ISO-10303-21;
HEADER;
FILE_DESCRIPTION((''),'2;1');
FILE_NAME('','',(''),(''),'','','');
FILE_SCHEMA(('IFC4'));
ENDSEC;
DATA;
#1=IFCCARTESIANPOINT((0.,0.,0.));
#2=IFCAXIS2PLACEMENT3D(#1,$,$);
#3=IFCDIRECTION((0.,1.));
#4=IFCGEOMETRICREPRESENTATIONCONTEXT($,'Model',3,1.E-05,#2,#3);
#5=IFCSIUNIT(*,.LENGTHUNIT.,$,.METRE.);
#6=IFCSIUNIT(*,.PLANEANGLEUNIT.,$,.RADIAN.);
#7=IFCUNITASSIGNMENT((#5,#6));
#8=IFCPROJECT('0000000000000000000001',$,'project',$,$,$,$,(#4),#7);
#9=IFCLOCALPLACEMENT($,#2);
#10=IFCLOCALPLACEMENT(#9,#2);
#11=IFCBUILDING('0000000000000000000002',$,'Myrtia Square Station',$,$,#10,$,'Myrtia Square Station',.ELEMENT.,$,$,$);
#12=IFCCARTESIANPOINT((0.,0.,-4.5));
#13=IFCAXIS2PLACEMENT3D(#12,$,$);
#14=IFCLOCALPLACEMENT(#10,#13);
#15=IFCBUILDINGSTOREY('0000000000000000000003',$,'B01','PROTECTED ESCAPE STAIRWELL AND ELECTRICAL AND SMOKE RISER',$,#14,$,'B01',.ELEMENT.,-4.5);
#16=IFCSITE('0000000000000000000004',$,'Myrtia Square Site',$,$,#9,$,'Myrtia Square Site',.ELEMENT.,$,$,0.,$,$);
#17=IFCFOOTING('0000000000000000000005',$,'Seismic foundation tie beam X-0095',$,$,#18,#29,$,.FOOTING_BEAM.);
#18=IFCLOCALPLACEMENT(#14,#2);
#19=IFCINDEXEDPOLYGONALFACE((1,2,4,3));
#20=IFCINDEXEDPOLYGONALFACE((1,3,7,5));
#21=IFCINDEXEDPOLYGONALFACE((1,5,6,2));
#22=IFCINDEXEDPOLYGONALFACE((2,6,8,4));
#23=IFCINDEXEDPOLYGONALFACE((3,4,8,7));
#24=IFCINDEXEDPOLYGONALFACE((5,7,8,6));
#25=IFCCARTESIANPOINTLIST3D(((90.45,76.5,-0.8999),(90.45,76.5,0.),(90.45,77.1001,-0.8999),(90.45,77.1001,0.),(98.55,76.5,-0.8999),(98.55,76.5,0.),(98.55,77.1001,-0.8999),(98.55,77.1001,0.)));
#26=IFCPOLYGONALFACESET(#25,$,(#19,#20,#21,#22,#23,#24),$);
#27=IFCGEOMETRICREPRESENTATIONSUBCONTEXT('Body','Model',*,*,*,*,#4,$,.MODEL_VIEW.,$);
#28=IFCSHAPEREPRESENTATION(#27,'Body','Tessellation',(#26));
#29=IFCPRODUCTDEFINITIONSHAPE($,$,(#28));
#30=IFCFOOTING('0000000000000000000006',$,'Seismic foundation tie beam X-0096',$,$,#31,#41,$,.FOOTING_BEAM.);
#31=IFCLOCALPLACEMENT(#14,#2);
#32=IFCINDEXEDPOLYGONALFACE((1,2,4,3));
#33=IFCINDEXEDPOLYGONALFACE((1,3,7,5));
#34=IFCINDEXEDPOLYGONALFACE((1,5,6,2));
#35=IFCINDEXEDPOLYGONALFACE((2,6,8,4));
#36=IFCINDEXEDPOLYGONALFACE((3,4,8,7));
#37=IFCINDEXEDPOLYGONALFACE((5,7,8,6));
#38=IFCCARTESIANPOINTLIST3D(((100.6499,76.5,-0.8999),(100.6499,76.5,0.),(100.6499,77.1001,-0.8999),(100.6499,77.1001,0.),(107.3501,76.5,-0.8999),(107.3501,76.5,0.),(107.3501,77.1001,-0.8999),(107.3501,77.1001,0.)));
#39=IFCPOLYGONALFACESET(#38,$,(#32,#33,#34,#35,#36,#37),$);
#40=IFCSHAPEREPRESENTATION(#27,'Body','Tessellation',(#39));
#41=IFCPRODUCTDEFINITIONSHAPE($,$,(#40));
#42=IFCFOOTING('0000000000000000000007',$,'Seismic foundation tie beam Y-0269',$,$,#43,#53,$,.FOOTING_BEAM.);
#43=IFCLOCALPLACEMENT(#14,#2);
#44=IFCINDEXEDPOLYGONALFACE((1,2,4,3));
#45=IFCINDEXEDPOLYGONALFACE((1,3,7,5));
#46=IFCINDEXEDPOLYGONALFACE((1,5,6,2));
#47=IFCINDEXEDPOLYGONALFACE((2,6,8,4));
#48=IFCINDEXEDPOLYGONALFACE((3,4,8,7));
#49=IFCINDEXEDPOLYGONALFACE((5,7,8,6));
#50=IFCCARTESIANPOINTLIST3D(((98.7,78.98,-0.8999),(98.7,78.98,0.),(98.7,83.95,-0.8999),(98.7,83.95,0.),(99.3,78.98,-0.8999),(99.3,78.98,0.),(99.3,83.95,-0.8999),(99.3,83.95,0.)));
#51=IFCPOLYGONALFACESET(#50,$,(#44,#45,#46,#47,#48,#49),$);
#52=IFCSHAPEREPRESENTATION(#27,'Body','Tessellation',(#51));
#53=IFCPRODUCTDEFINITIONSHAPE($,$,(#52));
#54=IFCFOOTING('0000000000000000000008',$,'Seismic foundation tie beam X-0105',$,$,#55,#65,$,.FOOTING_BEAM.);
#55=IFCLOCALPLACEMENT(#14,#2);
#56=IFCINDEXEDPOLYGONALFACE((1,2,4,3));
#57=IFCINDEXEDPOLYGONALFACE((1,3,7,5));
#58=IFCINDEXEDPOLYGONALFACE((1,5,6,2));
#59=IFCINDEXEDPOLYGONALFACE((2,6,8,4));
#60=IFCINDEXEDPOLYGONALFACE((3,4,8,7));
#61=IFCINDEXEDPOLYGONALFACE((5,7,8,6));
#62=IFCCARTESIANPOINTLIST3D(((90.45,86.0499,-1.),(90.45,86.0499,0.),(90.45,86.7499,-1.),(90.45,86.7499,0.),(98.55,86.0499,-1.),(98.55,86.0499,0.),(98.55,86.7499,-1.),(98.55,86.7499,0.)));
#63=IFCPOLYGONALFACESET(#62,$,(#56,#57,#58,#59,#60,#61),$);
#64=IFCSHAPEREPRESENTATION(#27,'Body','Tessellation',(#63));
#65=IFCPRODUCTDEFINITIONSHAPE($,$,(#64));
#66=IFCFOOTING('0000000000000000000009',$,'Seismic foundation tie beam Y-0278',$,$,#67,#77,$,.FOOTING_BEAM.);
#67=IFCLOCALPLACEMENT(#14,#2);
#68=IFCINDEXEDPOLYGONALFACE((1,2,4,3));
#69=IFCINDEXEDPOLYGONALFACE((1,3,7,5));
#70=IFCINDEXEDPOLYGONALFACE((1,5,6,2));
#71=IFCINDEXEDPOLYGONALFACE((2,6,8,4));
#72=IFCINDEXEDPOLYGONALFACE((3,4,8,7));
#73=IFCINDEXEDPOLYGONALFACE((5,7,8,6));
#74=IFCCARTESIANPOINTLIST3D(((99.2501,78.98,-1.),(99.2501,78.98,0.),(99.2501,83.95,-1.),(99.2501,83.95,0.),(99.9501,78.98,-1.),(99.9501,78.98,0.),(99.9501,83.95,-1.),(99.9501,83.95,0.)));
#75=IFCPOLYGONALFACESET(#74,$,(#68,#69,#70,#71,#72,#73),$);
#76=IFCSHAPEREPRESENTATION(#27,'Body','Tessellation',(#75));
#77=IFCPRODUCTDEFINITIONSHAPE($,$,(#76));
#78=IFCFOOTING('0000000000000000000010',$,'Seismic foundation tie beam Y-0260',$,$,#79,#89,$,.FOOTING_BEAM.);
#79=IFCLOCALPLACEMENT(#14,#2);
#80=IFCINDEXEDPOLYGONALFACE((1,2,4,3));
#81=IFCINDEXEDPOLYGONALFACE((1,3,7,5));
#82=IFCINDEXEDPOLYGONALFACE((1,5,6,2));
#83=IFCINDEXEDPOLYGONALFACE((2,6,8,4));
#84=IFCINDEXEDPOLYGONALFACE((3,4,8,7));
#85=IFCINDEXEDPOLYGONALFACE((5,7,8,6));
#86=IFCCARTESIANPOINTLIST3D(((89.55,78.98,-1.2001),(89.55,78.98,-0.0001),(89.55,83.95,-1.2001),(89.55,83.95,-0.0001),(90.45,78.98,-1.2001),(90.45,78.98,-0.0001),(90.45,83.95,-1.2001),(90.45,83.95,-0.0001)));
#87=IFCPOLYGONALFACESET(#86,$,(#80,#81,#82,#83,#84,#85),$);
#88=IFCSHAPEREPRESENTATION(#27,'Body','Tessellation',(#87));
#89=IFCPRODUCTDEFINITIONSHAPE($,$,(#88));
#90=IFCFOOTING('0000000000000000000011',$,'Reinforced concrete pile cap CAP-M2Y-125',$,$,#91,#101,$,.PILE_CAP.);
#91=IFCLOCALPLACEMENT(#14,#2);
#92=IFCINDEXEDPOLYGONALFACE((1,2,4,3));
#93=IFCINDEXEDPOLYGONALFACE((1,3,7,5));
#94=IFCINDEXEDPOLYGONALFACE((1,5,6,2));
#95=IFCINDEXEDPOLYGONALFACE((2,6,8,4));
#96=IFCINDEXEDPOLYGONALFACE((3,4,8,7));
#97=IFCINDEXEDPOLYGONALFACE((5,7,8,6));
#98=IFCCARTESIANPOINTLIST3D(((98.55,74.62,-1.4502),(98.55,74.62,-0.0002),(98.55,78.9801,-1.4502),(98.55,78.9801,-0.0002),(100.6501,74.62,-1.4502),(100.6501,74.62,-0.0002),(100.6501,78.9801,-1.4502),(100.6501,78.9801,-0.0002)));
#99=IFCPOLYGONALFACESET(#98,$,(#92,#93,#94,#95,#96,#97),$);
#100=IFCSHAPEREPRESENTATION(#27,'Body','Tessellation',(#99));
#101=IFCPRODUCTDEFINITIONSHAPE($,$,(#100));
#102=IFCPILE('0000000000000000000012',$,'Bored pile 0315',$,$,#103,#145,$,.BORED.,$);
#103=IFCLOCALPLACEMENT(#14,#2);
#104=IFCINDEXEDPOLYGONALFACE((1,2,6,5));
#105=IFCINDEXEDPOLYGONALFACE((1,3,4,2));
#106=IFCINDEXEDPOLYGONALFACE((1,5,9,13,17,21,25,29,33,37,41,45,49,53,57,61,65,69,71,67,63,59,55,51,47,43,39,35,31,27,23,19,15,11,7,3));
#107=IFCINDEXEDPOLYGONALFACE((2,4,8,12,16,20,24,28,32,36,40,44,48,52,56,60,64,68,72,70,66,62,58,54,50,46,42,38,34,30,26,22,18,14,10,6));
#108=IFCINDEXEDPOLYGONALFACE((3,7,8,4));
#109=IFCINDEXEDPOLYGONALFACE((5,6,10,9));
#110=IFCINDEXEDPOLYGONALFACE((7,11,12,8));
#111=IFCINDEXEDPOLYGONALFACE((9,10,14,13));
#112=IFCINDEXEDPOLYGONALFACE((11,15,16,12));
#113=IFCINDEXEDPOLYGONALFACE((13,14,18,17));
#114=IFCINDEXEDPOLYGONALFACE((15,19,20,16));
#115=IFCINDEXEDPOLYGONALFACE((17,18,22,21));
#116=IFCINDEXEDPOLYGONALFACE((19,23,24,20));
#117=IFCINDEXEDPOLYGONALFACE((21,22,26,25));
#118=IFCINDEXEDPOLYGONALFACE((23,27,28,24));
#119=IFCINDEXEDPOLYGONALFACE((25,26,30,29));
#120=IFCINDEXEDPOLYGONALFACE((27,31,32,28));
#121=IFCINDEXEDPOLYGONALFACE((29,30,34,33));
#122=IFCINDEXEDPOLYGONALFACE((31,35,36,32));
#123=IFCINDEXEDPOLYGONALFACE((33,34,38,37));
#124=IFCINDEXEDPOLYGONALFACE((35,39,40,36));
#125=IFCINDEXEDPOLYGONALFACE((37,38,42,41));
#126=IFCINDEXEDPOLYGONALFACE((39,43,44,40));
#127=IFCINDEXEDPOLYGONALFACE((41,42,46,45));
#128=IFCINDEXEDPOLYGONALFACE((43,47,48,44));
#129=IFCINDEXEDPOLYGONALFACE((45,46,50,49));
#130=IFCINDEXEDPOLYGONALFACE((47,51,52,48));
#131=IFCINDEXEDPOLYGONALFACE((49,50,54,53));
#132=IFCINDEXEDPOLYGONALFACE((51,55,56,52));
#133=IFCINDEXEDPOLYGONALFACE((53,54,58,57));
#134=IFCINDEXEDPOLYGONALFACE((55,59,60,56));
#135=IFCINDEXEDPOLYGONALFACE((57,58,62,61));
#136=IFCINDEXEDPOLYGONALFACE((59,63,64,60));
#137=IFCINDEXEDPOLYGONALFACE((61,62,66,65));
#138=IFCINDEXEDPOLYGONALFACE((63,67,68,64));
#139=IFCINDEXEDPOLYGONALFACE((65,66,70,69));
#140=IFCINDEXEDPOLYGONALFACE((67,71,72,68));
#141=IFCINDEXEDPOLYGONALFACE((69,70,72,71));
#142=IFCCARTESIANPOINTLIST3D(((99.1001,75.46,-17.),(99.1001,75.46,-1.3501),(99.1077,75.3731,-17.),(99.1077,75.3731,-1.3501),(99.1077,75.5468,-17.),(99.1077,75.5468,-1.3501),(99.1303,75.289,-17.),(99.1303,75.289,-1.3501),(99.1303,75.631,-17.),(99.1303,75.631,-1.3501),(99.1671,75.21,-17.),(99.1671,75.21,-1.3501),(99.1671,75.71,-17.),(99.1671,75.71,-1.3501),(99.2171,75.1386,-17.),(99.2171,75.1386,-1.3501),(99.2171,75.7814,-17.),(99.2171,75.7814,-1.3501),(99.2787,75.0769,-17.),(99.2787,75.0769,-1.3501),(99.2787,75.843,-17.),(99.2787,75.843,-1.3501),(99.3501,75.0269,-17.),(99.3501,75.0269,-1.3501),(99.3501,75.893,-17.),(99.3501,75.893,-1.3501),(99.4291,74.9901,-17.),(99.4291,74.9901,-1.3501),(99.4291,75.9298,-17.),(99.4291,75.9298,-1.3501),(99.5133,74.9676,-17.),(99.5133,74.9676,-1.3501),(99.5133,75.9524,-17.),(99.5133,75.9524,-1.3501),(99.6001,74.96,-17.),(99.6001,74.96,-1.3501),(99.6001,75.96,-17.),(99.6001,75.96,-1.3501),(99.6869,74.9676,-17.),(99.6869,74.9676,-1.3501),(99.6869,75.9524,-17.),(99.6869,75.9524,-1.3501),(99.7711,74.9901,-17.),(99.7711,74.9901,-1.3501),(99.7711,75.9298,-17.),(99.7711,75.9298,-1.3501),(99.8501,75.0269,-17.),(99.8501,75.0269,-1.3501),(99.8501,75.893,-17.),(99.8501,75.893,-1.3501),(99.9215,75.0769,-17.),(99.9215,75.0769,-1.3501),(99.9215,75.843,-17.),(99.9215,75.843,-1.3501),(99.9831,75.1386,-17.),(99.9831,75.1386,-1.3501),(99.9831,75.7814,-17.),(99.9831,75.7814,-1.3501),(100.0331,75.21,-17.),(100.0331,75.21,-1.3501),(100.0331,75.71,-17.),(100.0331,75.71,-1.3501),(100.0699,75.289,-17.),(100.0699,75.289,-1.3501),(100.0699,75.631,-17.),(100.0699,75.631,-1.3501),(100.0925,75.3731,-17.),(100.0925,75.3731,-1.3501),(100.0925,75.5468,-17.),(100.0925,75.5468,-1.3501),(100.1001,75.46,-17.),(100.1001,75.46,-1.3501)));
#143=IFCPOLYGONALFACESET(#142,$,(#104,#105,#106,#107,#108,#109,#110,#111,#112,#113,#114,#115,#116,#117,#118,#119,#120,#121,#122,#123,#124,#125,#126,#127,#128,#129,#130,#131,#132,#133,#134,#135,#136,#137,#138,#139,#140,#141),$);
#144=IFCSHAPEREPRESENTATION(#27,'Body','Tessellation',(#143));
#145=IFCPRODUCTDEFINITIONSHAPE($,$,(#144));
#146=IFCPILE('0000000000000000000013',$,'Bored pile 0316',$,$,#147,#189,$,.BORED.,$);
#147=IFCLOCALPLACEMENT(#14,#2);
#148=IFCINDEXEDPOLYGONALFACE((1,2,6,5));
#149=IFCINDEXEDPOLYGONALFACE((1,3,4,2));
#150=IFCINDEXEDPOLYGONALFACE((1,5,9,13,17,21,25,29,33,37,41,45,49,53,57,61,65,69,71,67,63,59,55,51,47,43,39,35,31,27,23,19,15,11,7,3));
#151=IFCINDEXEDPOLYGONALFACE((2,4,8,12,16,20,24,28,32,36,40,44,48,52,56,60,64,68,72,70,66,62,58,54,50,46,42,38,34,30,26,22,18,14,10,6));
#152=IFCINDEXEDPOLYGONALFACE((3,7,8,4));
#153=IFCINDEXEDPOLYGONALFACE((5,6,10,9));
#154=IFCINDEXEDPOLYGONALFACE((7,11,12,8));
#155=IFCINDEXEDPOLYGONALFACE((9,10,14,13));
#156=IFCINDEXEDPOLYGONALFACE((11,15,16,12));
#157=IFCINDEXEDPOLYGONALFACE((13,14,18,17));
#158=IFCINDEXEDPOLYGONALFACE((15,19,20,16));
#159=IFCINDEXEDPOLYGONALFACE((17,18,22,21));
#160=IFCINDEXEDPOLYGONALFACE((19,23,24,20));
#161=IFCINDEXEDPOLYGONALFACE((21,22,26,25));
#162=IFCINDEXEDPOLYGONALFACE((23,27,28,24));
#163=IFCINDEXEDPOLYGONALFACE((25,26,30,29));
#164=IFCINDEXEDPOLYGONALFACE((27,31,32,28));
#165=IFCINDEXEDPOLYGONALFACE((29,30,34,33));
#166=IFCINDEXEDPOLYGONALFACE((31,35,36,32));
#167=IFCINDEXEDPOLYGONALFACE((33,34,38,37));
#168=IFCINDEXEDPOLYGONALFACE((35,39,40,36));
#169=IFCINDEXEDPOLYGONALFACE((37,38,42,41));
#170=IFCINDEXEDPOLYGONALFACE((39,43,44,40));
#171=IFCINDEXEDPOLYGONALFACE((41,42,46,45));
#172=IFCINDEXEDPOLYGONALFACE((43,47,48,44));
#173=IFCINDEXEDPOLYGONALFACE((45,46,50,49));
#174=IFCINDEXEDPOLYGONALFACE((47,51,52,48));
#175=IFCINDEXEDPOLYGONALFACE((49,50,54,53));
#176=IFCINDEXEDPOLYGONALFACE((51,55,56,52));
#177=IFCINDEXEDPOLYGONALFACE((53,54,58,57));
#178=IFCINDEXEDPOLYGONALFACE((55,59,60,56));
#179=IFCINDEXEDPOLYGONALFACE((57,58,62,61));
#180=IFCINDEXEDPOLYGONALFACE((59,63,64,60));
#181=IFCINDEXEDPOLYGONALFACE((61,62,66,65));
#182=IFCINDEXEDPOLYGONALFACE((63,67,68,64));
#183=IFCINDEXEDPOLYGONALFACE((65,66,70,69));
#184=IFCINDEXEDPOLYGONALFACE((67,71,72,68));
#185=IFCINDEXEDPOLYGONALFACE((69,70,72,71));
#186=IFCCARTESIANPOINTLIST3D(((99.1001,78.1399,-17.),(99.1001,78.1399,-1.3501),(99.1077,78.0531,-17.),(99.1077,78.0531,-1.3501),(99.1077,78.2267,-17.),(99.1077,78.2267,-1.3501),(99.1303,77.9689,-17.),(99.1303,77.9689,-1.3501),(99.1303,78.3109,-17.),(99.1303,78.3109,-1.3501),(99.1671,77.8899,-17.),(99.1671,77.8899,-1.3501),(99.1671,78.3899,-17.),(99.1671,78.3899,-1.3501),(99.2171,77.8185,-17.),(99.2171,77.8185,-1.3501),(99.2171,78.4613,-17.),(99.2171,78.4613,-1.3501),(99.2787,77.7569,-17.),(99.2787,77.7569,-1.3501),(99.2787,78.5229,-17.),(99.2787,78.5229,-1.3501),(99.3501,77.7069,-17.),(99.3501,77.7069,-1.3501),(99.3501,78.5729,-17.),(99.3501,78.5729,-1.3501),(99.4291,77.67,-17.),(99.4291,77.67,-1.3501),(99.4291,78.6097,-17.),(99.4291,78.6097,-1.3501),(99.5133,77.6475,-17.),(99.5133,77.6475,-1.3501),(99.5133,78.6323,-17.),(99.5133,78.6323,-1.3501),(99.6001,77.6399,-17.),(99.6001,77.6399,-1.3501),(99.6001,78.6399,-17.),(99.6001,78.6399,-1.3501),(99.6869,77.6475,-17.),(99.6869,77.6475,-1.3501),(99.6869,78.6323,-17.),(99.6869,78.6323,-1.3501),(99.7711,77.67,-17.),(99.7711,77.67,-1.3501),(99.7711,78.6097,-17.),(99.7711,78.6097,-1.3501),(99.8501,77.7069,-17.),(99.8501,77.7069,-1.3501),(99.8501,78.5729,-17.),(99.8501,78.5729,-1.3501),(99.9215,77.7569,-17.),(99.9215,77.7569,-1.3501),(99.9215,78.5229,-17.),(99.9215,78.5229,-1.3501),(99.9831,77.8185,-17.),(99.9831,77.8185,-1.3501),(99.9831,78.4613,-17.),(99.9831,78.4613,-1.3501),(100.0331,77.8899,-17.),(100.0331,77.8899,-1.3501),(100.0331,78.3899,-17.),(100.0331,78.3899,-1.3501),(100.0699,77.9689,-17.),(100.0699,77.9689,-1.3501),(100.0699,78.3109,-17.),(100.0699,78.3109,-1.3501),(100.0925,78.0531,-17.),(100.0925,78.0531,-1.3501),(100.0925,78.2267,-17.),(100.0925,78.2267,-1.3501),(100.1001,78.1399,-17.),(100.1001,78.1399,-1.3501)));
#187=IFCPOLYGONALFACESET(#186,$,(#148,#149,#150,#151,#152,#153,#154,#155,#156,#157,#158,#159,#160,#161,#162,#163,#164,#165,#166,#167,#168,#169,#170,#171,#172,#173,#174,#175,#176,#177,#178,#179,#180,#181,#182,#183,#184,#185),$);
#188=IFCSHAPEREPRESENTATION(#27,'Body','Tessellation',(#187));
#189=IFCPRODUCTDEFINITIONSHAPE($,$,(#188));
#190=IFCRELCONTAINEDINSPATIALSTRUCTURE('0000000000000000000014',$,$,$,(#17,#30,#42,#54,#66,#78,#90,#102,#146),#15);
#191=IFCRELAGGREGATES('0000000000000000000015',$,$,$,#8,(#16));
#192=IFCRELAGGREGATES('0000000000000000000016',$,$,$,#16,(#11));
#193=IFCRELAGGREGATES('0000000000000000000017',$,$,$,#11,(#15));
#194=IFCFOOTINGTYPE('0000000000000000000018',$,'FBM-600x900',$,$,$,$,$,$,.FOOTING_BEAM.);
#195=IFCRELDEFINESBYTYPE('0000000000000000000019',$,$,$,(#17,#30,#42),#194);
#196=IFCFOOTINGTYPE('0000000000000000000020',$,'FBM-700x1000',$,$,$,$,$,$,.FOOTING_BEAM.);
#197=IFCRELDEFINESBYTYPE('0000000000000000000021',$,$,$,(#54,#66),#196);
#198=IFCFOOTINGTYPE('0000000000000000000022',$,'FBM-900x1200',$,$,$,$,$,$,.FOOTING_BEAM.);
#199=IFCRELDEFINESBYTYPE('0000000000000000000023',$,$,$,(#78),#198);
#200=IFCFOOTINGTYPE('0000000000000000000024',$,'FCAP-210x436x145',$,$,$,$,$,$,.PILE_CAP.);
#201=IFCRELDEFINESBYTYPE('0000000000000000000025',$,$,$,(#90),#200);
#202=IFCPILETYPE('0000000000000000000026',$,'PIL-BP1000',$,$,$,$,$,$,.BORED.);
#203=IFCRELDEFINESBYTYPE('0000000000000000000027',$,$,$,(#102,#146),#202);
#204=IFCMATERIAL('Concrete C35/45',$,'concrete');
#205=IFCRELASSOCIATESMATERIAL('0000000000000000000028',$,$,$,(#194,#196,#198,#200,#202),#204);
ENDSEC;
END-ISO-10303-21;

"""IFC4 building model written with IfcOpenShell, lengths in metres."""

from ifc_helpers import new_model, si_unit, direction, frame, origin, origin_2d, place, context, subcontext, project, spatial, rectangle, circle, extrude, material, material_profile, profile_set, type_object, element, save


model = new_model("IFC4")

# Units and contexts
model_context = context("Model", 3, precision=1e-05, world=origin(), true_north=direction((0.0, 1.0)))
body_context = subcontext(model_context, "Body", "Model", "MODEL_VIEW")
ifc_project = project(units=[si_unit("LENGTHUNIT", "METRE"), si_unit("PLANEANGLEUNIT", "RADIAN")], contexts=[model_context])

# Site, building, storey
site_placement = place(None, origin())
site = spatial("IfcSite", under=ifc_project, at=site_placement, Name="Myrtia Square Site", LongName="Myrtia Square Site", CompositionType="ELEMENT", RefElevation=0.0)
building_placement = place(site_placement, origin())
building = spatial("IfcBuilding", under=site, at=building_placement, Name="Myrtia Square Station", LongName="Myrtia Square Station", CompositionType="ELEMENT")
storey_placement = place(building_placement, frame((0.0, 0.0, -4.5)))
storey = spatial("IfcBuildingStorey", under=building, at=storey_placement, Name="B01", Description="PROTECTED ESCAPE STAIRWELL AND ELECTRICAL AND SMOKE RISER", LongName="B01", CompositionType="ELEMENT", Elevation=-4.5)

# Footings
ifc_material_1 = material(Name="Concrete C35/45", Category="concrete")
ifc_material_profile_1 = material_profile(ifc_material_1, rectangle(XDim=0.6001, YDim=0.8999, at=origin_2d()), Name="FB 600x900")
ifc_profile_set_1 = profile_set([ifc_material_profile_1], Name="Concrete C35/45")
footing_type_1 = type_object("IfcFootingType", Name="FBM-600x900", PredefinedType="FOOTING_BEAM", material=ifc_profile_set_1)
footing_1_placement = place(storey_placement, frame((90.45, 76.8, -0.45), z_axis=(1.0, 0.0, 0.0), x_axis=(0.0, 1.0, 0.0)))
element("IfcFooting", 1, at=footing_1_placement, inside=storey, type_object=footing_type_1, Name="Seismic foundation tie beam X-0095", PredefinedType="FOOTING_BEAM", context=body_context, shape_type="SweptSolid", body=[
    extrude(rectangle(XDim=0.6001, YDim=0.8999, at=origin_2d()), origin(), (0.0, 0.0, 1.0), 8.1001),
])
footing_2_placement = place(storey_placement, frame((100.6499, 76.8, -0.45), z_axis=(1.0, 0.0, 0.0), x_axis=(0.0, 1.0, 0.0)))
element("IfcFooting", 2, at=footing_2_placement, inside=storey, type_object=footing_type_1, Name="Seismic foundation tie beam X-0096", PredefinedType="FOOTING_BEAM", context=body_context, shape_type="SweptSolid", body=[
    extrude(rectangle(XDim=0.6001, YDim=0.8999, at=origin_2d()), origin(), (0.0, 0.0, 1.0), 6.7002),
])
footing_3_placement = place(storey_placement, frame((99.0, 78.98, -0.45), z_axis=(0.0, 1.0, 0.0), x_axis=(-1.0, 0.0, 0.0)))
element("IfcFooting", 3, at=footing_3_placement, inside=storey, type_object=footing_type_1, Name="Seismic foundation tie beam Y-0269", PredefinedType="FOOTING_BEAM", context=body_context, shape_type="SweptSolid", body=[
    extrude(rectangle(XDim=0.6001, YDim=0.8999, at=origin_2d()), origin(), (0.0, 0.0, 1.0), 4.97),
])
ifc_material_profile_2 = material_profile(ifc_material_1, rectangle(XDim=0.7, YDim=1.0, at=origin_2d()), Name="FB 700x1000")
ifc_profile_set_2 = profile_set([ifc_material_profile_2], Name="Concrete C35/45")
footing_type_2 = type_object("IfcFootingType", Name="FBM-700x1000", PredefinedType="FOOTING_BEAM", material=ifc_profile_set_2)
footing_4_placement = place(storey_placement, frame((90.45, 86.3999, -0.5), z_axis=(1.0, 0.0, 0.0), x_axis=(0.0, 1.0, 0.0)))
element("IfcFooting", 4, at=footing_4_placement, inside=storey, type_object=footing_type_2, Name="Seismic foundation tie beam X-0105", PredefinedType="FOOTING_BEAM", context=body_context, shape_type="SweptSolid", body=[
    extrude(rectangle(XDim=0.7, YDim=1.0, at=origin_2d()), origin(), (0.0, 0.0, 1.0), 8.1001),
])
footing_5_placement = place(storey_placement, frame((99.6001, 78.98, -0.5), z_axis=(0.0, 1.0, 0.0), x_axis=(-1.0, 0.0, 0.0)))
element("IfcFooting", 5, at=footing_5_placement, inside=storey, type_object=footing_type_2, Name="Seismic foundation tie beam Y-0278", PredefinedType="FOOTING_BEAM", context=body_context, shape_type="SweptSolid", body=[
    extrude(rectangle(XDim=0.7, YDim=1.0, at=origin_2d()), origin(), (0.0, 0.0, 1.0), 4.97),
])
ifc_material_profile_3 = material_profile(ifc_material_1, rectangle(XDim=0.8999, YDim=1.2, at=origin_2d()), Name="FB 900x1200")
ifc_profile_set_3 = profile_set([ifc_material_profile_3], Name="Concrete C35/45")
footing_type_3 = type_object("IfcFootingType", Name="FBM-900x1200", PredefinedType="FOOTING_BEAM", material=ifc_profile_set_3)
footing_6_placement = place(storey_placement, frame((90.0, 78.98, -0.6001), z_axis=(0.0, 1.0, 0.0), x_axis=(-1.0, 0.0, 0.0)))
element("IfcFooting", 6, at=footing_6_placement, inside=storey, type_object=footing_type_3, Name="Seismic foundation tie beam Y-0260", PredefinedType="FOOTING_BEAM", context=body_context, shape_type="SweptSolid", body=[
    extrude(rectangle(XDim=0.8999, YDim=1.2, at=origin_2d()), origin(), (0.0, 0.0, 1.0), 4.97),
])
footing_type_4 = type_object("IfcFootingType", Name="FCAP-210x436x145", PredefinedType="PILE_CAP", material=ifc_material_1)
footing_7_placement = place(storey_placement, frame((99.6001, 76.8, -1.4502), z_axis=(0.0, 0.0, 1.0), x_axis=(1.0, 0.0, 0.0)))
element("IfcFooting", 7, at=footing_7_placement, inside=storey, type_object=footing_type_4, Name="Reinforced concrete pile cap CAP-M2Y-125", PredefinedType="PILE_CAP", context=body_context, shape_type="SweptSolid", body=[
    extrude(rectangle(XDim=2.1001, YDim=4.3601, at=origin_2d()), origin(), (0.0, 0.0, 1.0), 1.45),
])

# Piles
ifc_material_profile_4 = material_profile(ifc_material_1, circle(Radius=0.5, at=origin_2d()), Name="BP D1000")
ifc_profile_set_4 = profile_set([ifc_material_profile_4], Name="Concrete C35/45")
pile_type = type_object("IfcPileType", Name="PIL-BP1000", PredefinedType="BORED", material=ifc_profile_set_4)
for number, where, z_axis, x_axis, name in (
    (8, (99.6001, 75.46, -1.3501), (0.0, 0.0, -1.0), (1.0, 0.0, 0.0), "Bored pile 0315"),
    (9, (99.6001, 78.1399, -1.3501), (0.0, 0.0, -1.0), (1.0, 0.0, 0.0), "Bored pile 0316"),
):
    element("IfcPile", number, at=place(storey_placement, frame(where, z_axis=z_axis, x_axis=x_axis)), inside=storey, type_object=pile_type, Name=name, PredefinedType="BORED", context=body_context, shape_type="SweptSolid", body=[
        extrude(circle(Radius=0.5, at=origin_2d()), origin(), (0.0, 0.0, 1.0), 15.6499),
    ])

save(model, "model.ifc")
